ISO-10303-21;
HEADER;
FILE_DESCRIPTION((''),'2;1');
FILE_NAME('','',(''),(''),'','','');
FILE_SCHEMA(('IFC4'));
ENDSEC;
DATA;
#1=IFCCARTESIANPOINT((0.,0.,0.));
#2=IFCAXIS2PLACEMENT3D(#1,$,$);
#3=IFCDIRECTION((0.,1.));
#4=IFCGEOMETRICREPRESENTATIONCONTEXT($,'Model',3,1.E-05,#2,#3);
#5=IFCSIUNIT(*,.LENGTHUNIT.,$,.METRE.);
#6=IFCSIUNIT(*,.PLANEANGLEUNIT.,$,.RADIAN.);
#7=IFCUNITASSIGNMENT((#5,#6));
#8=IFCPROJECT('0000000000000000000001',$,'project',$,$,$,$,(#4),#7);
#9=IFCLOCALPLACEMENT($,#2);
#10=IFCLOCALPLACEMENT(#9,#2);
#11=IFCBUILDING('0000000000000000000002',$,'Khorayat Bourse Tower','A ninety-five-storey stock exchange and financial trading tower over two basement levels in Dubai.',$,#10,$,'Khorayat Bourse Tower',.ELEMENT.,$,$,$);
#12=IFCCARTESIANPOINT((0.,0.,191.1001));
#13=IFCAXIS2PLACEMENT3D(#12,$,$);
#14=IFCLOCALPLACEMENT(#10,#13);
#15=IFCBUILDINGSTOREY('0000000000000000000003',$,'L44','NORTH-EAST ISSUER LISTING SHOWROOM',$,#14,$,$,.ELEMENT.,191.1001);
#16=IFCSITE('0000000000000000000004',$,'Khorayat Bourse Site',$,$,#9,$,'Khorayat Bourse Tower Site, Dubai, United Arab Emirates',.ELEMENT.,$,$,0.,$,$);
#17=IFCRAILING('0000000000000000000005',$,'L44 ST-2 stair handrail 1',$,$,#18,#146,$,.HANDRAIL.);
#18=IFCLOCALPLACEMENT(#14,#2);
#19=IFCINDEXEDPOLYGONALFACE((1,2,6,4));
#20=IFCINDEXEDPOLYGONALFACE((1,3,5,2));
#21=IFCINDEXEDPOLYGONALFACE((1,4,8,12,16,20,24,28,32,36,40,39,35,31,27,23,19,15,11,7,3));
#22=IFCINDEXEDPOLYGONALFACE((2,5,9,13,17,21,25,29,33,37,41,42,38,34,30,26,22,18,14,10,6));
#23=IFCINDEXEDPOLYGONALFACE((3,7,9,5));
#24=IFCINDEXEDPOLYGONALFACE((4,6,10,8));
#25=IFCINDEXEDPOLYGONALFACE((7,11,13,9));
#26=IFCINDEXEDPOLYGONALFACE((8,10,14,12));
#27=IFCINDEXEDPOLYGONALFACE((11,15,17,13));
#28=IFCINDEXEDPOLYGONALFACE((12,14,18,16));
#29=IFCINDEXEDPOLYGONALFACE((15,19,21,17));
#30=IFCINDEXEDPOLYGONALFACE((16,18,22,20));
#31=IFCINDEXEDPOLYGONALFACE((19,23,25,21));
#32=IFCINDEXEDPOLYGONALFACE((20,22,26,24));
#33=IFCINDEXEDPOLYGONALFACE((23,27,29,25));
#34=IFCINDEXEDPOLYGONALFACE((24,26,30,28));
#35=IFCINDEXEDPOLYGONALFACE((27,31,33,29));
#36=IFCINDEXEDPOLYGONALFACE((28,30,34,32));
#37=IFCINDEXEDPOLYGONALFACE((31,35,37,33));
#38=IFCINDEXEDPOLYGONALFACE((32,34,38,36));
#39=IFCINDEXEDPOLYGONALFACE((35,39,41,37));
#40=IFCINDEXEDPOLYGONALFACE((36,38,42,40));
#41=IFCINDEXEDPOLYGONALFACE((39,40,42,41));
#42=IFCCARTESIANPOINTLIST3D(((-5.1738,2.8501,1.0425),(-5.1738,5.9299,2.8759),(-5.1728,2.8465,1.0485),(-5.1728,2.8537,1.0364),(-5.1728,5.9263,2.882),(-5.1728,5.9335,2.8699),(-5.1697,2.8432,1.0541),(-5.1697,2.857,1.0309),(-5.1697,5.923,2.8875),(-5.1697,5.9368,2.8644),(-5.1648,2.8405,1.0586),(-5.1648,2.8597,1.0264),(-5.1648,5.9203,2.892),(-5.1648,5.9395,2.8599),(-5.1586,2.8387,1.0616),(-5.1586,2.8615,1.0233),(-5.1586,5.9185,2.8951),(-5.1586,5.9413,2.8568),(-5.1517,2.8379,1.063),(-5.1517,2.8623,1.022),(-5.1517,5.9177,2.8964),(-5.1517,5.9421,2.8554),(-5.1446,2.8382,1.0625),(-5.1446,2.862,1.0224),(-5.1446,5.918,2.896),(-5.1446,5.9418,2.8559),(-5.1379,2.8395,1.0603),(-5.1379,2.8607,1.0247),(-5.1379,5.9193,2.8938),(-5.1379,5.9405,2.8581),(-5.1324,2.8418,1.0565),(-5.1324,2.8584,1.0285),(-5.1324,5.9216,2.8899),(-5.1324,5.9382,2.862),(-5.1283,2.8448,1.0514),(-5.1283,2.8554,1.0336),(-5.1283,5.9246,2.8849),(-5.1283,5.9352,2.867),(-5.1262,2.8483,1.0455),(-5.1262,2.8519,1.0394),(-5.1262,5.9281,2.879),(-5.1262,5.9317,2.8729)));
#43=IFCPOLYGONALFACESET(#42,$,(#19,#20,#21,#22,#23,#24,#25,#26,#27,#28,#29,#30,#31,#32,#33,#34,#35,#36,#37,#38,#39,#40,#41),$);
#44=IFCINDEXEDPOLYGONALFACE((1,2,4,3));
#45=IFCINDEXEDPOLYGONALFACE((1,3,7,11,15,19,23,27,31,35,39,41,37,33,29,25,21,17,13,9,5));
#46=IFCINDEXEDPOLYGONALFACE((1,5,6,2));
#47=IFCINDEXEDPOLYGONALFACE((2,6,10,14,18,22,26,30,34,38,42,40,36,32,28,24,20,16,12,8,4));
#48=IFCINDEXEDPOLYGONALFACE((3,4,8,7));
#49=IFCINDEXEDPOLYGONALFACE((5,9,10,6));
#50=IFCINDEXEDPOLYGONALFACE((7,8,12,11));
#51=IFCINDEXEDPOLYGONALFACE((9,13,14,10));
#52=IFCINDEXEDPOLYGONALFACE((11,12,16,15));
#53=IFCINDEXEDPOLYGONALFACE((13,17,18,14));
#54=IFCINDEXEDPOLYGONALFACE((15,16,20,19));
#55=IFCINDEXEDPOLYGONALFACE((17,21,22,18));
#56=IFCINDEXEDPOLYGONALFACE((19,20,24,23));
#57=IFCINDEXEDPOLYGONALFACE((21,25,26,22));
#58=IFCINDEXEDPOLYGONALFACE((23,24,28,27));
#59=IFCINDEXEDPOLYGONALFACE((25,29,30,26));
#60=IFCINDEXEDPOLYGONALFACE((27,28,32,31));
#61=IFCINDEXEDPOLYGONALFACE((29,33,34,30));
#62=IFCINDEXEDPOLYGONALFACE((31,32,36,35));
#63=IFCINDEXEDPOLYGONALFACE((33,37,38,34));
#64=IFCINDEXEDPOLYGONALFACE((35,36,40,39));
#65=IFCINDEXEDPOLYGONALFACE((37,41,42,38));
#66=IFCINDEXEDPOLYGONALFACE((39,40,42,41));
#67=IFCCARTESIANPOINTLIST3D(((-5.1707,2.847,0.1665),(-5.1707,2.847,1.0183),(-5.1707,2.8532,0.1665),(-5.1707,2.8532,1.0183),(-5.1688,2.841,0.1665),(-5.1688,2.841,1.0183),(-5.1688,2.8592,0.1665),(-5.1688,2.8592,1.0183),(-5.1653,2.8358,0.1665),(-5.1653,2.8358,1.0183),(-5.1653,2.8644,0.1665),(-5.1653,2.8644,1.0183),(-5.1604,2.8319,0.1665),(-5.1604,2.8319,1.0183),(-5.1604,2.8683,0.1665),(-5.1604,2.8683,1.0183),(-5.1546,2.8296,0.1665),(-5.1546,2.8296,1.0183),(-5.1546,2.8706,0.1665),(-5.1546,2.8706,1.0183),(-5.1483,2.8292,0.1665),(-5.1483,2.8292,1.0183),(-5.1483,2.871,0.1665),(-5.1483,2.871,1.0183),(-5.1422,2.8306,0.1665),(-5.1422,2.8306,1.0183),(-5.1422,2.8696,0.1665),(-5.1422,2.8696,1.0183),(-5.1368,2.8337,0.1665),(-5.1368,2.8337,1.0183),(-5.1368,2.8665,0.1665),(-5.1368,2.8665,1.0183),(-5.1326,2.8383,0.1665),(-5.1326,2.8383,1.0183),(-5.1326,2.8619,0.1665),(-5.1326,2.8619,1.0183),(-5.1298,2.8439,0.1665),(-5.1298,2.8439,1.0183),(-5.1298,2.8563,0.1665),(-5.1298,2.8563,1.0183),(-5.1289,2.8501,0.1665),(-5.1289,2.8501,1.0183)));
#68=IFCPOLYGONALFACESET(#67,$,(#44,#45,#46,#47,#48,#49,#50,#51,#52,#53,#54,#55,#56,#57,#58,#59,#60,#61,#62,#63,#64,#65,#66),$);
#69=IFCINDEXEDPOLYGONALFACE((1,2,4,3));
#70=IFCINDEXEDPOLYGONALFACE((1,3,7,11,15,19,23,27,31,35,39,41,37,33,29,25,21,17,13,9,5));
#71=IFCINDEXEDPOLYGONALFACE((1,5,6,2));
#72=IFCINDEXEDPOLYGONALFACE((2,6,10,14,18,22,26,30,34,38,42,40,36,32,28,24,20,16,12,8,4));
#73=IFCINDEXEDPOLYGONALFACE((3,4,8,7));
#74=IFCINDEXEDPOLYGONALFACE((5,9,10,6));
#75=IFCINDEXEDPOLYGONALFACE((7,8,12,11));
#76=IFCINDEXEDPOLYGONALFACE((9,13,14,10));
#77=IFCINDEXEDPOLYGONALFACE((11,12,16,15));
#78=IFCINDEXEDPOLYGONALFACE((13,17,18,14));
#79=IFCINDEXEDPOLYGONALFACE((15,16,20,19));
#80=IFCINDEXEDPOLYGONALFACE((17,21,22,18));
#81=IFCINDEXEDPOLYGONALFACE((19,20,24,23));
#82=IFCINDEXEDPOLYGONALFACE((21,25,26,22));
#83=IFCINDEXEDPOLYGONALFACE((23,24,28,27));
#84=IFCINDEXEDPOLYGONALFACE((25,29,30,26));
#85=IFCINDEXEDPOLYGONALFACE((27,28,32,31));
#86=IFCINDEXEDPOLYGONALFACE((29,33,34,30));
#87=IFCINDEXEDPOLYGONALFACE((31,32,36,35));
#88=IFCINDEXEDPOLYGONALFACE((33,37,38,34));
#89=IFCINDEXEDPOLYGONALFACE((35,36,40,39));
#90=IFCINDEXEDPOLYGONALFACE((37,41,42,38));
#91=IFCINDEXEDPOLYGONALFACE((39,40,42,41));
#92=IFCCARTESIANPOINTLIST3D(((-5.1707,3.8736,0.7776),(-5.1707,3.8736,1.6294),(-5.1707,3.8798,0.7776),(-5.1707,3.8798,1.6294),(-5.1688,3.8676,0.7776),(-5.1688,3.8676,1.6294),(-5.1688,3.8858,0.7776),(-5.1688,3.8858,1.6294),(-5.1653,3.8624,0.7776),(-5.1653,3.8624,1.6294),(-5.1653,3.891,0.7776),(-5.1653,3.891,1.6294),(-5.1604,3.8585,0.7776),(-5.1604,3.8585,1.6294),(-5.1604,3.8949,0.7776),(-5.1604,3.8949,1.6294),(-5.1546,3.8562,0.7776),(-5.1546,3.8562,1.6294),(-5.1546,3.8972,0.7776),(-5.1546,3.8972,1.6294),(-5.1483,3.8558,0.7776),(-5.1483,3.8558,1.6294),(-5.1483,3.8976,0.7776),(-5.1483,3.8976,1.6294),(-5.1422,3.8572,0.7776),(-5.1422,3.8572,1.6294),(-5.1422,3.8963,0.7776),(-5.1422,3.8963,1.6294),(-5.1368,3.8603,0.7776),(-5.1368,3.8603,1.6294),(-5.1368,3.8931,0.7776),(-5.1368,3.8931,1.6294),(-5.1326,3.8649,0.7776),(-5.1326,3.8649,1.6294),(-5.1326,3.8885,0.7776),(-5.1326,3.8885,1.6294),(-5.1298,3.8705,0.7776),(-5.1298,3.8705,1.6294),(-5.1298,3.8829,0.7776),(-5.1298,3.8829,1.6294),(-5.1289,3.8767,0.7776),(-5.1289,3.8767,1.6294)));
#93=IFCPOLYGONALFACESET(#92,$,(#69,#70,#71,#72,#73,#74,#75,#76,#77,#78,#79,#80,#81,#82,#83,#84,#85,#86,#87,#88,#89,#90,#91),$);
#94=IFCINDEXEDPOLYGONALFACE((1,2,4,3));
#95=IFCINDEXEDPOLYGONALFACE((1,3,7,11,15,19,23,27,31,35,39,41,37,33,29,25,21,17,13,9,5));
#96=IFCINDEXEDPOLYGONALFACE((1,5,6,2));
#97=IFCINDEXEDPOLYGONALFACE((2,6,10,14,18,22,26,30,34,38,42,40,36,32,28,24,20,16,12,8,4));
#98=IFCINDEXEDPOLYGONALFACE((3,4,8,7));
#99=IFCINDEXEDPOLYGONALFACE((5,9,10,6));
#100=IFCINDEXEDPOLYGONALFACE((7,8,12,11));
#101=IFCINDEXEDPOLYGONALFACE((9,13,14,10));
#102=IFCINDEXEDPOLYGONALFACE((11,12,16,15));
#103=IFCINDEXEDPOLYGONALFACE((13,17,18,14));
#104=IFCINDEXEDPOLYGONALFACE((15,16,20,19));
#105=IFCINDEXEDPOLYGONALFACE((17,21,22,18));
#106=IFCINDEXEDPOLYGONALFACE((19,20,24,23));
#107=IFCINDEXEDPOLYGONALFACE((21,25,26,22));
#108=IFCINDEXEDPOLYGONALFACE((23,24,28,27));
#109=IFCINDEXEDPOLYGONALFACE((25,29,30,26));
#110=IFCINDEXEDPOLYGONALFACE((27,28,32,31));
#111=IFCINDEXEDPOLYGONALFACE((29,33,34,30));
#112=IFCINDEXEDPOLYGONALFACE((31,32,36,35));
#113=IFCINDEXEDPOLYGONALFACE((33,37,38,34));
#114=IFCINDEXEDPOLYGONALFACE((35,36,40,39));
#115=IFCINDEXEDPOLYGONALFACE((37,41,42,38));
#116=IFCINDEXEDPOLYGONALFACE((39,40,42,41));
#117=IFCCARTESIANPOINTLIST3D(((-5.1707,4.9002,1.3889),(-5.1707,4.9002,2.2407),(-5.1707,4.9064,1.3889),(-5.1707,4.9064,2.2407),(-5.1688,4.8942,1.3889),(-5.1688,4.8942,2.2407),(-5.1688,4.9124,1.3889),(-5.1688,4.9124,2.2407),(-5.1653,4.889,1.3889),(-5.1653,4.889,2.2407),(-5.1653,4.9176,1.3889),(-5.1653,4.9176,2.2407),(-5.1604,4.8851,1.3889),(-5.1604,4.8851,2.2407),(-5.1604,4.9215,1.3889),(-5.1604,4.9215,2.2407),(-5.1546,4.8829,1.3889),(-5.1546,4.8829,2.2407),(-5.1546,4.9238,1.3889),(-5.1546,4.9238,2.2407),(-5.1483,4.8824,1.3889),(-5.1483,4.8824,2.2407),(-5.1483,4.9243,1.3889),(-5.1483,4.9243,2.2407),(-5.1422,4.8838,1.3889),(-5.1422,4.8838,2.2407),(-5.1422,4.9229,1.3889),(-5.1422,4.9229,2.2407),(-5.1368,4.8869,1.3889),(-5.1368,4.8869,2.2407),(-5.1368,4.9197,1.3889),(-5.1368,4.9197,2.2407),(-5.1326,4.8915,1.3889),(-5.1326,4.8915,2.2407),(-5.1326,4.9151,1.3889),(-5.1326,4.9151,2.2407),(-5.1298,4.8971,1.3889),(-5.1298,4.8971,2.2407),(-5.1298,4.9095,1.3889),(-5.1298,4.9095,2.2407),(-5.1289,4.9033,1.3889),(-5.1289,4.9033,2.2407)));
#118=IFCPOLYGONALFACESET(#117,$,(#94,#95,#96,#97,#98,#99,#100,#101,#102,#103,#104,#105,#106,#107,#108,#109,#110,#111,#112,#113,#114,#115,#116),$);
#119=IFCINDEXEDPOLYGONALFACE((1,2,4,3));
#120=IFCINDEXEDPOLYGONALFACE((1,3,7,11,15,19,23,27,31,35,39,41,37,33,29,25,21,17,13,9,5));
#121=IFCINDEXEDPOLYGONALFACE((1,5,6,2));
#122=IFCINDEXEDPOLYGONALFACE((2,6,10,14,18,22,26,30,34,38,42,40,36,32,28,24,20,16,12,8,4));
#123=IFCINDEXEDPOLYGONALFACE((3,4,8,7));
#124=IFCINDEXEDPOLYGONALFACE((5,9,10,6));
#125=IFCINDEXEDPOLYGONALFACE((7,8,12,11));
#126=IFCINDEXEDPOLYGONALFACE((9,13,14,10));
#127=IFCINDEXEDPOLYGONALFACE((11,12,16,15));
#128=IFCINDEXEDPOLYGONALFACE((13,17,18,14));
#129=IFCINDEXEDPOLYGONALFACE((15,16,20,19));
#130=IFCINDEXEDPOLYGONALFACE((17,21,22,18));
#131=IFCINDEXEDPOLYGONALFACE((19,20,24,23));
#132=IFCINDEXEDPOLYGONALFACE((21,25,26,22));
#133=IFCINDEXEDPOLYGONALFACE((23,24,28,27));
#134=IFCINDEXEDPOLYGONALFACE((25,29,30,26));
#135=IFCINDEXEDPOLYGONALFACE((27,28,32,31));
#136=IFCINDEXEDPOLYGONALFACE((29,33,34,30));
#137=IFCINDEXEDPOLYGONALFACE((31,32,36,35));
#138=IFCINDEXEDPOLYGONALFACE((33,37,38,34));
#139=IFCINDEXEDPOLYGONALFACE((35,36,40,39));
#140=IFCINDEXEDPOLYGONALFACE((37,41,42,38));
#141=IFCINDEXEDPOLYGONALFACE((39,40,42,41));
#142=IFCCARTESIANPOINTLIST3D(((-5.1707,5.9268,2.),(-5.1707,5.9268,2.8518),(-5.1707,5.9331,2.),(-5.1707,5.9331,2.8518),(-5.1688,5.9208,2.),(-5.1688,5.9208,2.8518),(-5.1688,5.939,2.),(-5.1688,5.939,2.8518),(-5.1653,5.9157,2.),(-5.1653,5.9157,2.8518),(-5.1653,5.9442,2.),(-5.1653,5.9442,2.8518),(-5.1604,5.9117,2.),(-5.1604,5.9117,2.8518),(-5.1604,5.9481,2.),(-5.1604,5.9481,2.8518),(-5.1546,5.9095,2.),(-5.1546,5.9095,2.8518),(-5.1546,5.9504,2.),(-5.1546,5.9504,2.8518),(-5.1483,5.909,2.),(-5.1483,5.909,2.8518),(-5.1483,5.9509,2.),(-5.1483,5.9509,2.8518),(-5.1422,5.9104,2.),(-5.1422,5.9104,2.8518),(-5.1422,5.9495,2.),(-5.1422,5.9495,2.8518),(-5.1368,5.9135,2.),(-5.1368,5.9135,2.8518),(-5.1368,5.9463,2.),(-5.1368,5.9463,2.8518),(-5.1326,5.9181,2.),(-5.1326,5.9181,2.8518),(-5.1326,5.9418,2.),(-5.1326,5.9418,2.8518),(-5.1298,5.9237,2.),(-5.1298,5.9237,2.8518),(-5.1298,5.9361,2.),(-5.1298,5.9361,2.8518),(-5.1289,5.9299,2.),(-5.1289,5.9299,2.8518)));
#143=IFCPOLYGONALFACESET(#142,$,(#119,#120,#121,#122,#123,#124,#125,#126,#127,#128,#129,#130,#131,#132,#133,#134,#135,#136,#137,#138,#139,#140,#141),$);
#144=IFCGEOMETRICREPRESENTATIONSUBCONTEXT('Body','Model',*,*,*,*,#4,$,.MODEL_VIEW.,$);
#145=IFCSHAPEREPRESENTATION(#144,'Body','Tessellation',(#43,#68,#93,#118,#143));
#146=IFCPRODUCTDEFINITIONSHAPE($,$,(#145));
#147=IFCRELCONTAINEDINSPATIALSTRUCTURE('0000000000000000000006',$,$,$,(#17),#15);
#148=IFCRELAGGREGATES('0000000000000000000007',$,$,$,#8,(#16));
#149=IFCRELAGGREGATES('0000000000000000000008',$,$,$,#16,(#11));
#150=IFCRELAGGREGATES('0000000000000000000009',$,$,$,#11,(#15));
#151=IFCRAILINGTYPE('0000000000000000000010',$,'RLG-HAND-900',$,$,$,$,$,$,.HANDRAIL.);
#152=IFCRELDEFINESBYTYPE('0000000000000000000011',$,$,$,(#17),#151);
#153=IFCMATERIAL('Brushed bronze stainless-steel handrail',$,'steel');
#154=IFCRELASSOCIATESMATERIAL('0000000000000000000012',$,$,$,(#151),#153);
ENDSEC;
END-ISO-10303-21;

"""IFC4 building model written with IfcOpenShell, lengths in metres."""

from ifc_helpers import new_model, si_unit, direction, frame, origin, origin_2d, place, context, subcontext, project, spatial, circle, extrude, source, transform, mapped, material, type_object, element, save


model = new_model("IFC4")

# Units and contexts
model_context = context("Model", 3, precision=1e-05, world=origin(), true_north=direction((0.0, 1.0)))
body_context = subcontext(model_context, "Body", "Model", "MODEL_VIEW")
ifc_project = project(units=[si_unit("LENGTHUNIT", "METRE"), si_unit("PLANEANGLEUNIT", "RADIAN")], contexts=[model_context])

# Site, building, storey
site_placement = place(None, origin())
site = spatial("IfcSite", under=ifc_project, at=site_placement, Name="Khorayat Bourse Site", LongName="Khorayat Bourse Tower Site, Dubai, United Arab Emirates", CompositionType="ELEMENT", RefElevation=0.0)
building_placement = place(site_placement, origin())
building = spatial("IfcBuilding", under=site, at=building_placement, Name="Khorayat Bourse Tower", Description="A ninety-five-storey stock exchange and financial trading tower over two basement levels in Dubai.", LongName="Khorayat Bourse Tower", CompositionType="ELEMENT")
storey_placement = place(building_placement, frame((0.0, 0.0, 191.1001)))
storey = spatial("IfcBuildingStorey", under=building, at=storey_placement, Name="L44", Description="NORTH-EAST ISSUER LISTING SHOWROOM", CompositionType="ELEMENT", Elevation=191.1001)

# Railing
ifc_material_1 = material(Name="Brushed bronze stainless-steel handrail", Category="steel")
railing_type_1 = type_object("IfcRailingType", Name="RLG-HAND-900", PredefinedType="HANDRAIL", material=ifc_material_1)
shared_shape_1 = source(origin(), body_context, "Body", "SweptSolid", [
    extrude(circle(Radius=0.0239, at=origin_2d()), frame((0.0, 0.0, 0.876), z_axis=(0.0, 0.859261, 0.511538), x_axis=(-1.0, 0.0, 0.0)), (0.0, 0.0, 1.0), 3.5842),
    extrude(circle(Radius=0.021, at=origin_2d()), origin(), (0.0, 0.0, 1.0), 0.8518),
    extrude(circle(Radius=0.021, at=origin_2d()), frame((0.0, 1.0266, 0.6111)), (0.0, 0.0, 1.0), 0.8518),
    extrude(circle(Radius=0.021, at=origin_2d()), frame((0.0, 2.0532, 1.2224)), (0.0, 0.0, 1.0), 0.8518),
    extrude(circle(Radius=0.021, at=origin_2d()), frame((0.0, 3.0798, 1.8335)), (0.0, 0.0, 1.0), 0.8518),
])
railing_1_placement = place(storey_placement, frame((-5.1499, 2.8501, 0.1665)))
element("IfcRailing", 1, at=railing_1_placement, inside=storey, type_object=railing_type_1, Name="L44 ST-2 stair handrail 1", PredefinedType="HANDRAIL", context=body_context, shape_type="MappedRepresentation", body=[
    mapped(shared_shape_1, transform((0.0, 0.0, 0.0), scale=1.0)),
])

save(model, "model.ifc")
